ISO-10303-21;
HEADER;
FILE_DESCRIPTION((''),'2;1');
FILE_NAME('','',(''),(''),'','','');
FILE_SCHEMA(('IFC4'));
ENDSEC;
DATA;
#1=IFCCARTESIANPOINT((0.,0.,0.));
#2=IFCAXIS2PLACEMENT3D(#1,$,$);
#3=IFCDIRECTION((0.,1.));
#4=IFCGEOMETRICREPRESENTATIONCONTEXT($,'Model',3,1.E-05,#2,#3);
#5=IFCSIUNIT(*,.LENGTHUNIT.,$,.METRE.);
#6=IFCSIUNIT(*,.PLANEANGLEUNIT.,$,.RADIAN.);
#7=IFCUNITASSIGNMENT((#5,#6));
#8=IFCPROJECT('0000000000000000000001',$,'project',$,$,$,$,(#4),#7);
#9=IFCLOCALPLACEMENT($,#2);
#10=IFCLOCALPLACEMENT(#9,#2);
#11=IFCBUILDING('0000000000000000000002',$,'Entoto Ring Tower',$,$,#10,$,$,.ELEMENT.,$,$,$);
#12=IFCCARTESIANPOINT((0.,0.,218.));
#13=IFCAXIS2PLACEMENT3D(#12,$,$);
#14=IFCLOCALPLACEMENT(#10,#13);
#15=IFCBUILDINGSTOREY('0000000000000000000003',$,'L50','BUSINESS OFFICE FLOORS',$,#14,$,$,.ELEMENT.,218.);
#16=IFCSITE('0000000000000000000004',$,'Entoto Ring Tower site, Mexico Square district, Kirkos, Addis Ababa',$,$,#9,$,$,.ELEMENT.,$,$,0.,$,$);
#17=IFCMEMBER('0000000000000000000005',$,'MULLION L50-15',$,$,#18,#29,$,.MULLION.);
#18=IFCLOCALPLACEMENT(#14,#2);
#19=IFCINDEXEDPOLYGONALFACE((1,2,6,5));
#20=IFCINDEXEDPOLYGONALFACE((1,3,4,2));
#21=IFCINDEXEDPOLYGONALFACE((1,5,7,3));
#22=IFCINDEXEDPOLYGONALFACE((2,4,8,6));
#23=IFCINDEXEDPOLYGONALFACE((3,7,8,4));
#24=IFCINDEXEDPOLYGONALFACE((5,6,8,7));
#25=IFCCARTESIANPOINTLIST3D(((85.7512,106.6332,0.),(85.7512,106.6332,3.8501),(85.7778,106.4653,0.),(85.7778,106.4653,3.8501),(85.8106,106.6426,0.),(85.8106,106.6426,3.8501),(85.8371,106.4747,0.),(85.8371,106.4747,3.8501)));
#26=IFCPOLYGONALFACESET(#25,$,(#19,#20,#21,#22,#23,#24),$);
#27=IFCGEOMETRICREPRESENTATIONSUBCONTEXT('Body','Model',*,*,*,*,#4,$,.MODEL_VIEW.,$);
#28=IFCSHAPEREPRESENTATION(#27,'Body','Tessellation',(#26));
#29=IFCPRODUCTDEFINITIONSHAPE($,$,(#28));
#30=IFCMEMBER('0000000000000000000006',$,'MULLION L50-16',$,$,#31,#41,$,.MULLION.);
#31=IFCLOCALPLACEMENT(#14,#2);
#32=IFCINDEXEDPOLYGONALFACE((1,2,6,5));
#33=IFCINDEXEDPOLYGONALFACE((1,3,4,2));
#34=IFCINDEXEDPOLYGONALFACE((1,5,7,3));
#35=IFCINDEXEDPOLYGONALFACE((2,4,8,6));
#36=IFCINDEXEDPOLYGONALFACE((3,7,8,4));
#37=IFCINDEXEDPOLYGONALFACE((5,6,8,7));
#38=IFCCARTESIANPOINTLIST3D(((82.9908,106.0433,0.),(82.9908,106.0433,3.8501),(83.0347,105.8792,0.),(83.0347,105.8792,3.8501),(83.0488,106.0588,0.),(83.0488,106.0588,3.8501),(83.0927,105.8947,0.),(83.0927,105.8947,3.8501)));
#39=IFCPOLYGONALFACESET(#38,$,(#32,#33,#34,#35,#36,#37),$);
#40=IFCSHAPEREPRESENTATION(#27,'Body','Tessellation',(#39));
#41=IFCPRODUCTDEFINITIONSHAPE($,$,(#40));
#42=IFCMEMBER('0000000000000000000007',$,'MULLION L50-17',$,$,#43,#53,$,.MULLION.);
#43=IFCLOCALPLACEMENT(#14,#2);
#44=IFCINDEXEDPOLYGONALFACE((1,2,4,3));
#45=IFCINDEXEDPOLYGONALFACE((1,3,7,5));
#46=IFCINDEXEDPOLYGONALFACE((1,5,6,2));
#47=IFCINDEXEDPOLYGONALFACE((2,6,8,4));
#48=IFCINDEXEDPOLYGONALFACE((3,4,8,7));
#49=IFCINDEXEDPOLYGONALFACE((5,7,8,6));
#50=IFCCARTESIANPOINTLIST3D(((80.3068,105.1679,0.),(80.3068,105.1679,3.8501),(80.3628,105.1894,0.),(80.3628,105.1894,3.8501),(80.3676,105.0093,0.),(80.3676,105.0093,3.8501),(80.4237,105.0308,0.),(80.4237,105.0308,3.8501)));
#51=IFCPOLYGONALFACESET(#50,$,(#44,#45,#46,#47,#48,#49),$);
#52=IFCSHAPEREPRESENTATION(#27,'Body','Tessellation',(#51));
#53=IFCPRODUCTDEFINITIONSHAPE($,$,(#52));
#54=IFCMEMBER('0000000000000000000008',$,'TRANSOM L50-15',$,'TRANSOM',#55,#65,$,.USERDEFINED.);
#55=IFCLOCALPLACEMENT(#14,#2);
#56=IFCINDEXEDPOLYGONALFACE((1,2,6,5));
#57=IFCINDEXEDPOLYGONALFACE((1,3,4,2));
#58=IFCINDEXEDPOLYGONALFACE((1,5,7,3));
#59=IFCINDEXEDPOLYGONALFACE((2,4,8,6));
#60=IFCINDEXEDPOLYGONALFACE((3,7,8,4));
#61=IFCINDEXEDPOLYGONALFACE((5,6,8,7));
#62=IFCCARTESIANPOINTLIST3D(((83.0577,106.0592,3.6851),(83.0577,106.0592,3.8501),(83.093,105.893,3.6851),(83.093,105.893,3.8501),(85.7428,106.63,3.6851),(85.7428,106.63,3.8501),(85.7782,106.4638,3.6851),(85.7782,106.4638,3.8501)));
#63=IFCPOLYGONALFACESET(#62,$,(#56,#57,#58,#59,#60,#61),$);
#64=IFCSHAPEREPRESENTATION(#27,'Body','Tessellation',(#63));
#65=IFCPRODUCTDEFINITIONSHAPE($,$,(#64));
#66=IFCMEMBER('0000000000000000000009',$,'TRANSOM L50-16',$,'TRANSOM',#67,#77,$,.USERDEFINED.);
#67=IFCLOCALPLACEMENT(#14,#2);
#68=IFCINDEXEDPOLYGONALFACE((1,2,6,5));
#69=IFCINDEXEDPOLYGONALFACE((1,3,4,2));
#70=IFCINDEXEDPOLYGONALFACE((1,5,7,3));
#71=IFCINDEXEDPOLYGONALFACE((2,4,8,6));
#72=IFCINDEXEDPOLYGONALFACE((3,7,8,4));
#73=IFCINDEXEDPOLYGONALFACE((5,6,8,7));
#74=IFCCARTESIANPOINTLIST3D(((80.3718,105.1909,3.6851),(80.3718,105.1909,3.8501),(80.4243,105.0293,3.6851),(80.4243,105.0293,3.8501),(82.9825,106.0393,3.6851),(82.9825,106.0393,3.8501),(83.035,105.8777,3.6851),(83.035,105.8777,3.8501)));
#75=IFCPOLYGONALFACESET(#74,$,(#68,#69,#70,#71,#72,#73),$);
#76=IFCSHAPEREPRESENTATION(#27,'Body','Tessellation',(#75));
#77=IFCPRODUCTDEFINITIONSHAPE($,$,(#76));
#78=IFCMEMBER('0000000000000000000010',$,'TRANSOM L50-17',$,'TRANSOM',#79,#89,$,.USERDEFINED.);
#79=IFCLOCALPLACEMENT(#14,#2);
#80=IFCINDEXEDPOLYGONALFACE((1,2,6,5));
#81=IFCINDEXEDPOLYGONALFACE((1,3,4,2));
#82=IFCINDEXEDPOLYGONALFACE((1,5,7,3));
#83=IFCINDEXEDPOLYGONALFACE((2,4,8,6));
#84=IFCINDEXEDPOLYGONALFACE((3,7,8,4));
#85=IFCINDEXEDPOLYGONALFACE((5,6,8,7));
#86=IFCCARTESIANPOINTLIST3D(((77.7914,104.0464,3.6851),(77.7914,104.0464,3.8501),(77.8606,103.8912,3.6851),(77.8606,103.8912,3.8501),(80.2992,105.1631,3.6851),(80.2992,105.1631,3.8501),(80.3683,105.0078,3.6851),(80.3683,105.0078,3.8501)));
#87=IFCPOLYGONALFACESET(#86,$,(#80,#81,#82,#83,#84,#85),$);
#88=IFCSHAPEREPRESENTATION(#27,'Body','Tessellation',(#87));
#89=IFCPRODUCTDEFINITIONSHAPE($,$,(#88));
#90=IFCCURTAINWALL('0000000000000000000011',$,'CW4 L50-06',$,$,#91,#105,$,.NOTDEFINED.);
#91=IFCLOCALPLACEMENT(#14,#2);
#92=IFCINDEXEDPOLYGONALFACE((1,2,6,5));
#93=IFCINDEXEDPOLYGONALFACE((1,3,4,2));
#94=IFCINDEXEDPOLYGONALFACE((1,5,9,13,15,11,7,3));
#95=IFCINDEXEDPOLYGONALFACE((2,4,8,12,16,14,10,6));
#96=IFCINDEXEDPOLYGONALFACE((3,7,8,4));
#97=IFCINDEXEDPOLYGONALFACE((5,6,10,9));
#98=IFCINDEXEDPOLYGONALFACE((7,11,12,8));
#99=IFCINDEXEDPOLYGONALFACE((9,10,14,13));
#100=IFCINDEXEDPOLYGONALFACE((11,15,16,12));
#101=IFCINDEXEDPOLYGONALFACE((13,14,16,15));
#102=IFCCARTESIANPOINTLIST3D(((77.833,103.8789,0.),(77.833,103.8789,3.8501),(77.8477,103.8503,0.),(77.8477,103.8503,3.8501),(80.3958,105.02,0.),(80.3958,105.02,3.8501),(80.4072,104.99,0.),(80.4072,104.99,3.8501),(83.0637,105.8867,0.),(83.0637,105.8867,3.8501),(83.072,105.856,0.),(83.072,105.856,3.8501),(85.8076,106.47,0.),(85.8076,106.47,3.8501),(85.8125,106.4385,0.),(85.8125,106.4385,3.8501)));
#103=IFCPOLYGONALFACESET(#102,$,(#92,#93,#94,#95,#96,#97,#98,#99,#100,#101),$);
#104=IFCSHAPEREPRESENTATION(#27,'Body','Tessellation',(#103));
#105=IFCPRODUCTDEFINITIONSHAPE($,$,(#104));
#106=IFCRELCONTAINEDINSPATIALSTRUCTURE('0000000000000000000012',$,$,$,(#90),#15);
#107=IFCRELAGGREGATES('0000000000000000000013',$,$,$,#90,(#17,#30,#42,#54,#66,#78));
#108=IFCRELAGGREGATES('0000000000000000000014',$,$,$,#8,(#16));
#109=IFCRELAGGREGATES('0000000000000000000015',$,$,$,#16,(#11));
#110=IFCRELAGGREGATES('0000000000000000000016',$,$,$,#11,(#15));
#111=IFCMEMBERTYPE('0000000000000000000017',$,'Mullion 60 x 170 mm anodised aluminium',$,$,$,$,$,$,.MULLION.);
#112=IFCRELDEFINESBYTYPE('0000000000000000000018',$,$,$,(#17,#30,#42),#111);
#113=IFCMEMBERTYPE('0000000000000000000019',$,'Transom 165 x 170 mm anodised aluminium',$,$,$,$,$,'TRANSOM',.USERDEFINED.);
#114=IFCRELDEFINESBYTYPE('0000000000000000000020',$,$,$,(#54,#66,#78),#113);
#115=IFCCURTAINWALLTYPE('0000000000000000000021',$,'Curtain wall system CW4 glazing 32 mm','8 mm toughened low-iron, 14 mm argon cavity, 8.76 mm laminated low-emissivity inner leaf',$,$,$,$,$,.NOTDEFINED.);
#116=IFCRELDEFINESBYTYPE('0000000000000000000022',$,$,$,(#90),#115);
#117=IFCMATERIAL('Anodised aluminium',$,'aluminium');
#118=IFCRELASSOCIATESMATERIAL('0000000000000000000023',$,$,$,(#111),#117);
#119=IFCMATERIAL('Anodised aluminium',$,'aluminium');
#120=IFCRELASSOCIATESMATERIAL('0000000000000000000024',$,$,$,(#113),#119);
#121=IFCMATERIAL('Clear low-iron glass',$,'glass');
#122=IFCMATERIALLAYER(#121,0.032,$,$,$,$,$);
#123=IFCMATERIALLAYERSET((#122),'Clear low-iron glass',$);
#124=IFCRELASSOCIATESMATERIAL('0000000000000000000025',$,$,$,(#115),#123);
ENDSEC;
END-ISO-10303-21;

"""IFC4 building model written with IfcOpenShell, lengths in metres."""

from ifc_helpers import new_model, si_unit, direction, frame, origin, origin_2d, place, context, subcontext, project, spatial, polyline, rectangle, outline, extrude, material, layer, layer_set, material_profile, profile_set, type_object, element, aggregate, save


model = new_model("IFC4")

# Units and contexts
model_context = context("Model", 3, precision=1e-05, world=origin(), true_north=direction((0.0, 1.0)))
body_context = subcontext(model_context, "Body", "Model", "MODEL_VIEW")
ifc_project = project(units=[si_unit("LENGTHUNIT", "METRE"), si_unit("PLANEANGLEUNIT", "RADIAN")], contexts=[model_context])

# Members
ifc_material_1 = material(Name="Anodised aluminium", Category="aluminium")
ifc_material_profile_1 = material_profile(ifc_material_1, rectangle(XDim=0.0601, YDim=0.1699, at=origin_2d()), Name="Mullion 60 x 170 mm anodised aluminium")
ifc_profile_set_1 = profile_set([ifc_material_profile_1], Name="Anodised aluminium")
member_type_1 = type_object("IfcMemberType", Name="Mullion 60 x 170 mm anodised aluminium", PredefinedType="MULLION", material=ifc_profile_set_1)
site_placement = place(None, origin())
building_placement = place(site_placement, origin())
storey_placement = place(building_placement, frame((0.0, 0.0, 218.0)))
member_1_placement = place(storey_placement, frame((85.7942, 106.554, 0.0), z_axis=(0.0, 0.0, 1.0), x_axis=(-0.987688, -0.156434, 0.0)))
member_1 = element("IfcMember", 1, at=member_1_placement, type_object=member_type_1, Name="MULLION L50-15", PredefinedType="MULLION", context=body_context, shape_type="SweptSolid", body=[
    extrude(rectangle(XDim=0.0601, YDim=0.1699, at=origin_2d()), origin(), (0.0, 0.0, 1.0), 3.8501),
])
member_2_placement = place(storey_placement, frame((83.0417, 105.969, 0.0), z_axis=(0.0, 0.0, 1.0), x_axis=(-0.965926, -0.258819, 0.0)))
member_2 = element("IfcMember", 2, at=member_2_placement, type_object=member_type_1, Name="MULLION L50-16", PredefinedType="MULLION", context=body_context, shape_type="SweptSolid", body=[
    extrude(rectangle(XDim=0.0601, YDim=0.1699, at=origin_2d()), origin(), (0.0, 0.0, 1.0), 3.8501),
])
member_3_placement = place(storey_placement, frame((80.3652, 105.0994, 0.0), z_axis=(0.0, 0.0, 1.0), x_axis=(-0.93358, -0.358368, 0.0)))
member_3 = element("IfcMember", 3, at=member_3_placement, type_object=member_type_1, Name="MULLION L50-17", PredefinedType="MULLION", context=body_context, shape_type="SweptSolid", body=[
    extrude(rectangle(XDim=0.0601, YDim=0.1699, at=origin_2d()), origin(), (0.0, 0.0, 1.0), 3.8501),
])
ifc_material_2 = material(Name="Anodised aluminium", Category="aluminium")
ifc_material_profile_2 = material_profile(ifc_material_2, rectangle(XDim=0.1699, YDim=0.165, at=origin_2d()), Name="Transom 165 x 170 mm anodised aluminium")
ifc_profile_set_2 = profile_set([ifc_material_profile_2], Name="Anodised aluminium")
member_type_2 = type_object("IfcMemberType", Name="Transom 165 x 170 mm anodised aluminium", ElementType="TRANSOM", PredefinedType="USERDEFINED", material=ifc_profile_set_2)
member_4_placement = place(storey_placement, frame((85.7605, 106.5469, 3.7676), z_axis=(-0.978142, -0.207937, 0.0), x_axis=(0.207937, -0.978142, 0.0)))
member_4 = element("IfcMember", 4, at=member_4_placement, type_object=member_type_2, Name="TRANSOM L50-15", ObjectType="TRANSOM", PredefinedType="USERDEFINED", context=body_context, shape_type="SweptSolid", body=[
    extrude(rectangle(XDim=0.1699, YDim=0.165, at=origin_2d()), origin(), (0.0, 0.0, 1.0), 2.7451),
])
member_5_placement = place(storey_placement, frame((83.0088, 105.9585, 3.7676), z_axis=(-0.951048, -0.309042, 0.0), x_axis=(0.309042, -0.951048, 0.0)))
member_5 = element("IfcMember", 5, at=member_5_placement, type_object=member_type_2, Name="TRANSOM L50-16", ObjectType="TRANSOM", PredefinedType="USERDEFINED", context=body_context, shape_type="SweptSolid", body=[
    extrude(rectangle(XDim=0.1699, YDim=0.165, at=origin_2d()), origin(), (0.0, 0.0, 1.0), 2.7451),
])
member_6_placement = place(storey_placement, frame((80.3337, 105.0854, 3.7676), z_axis=(-0.913525, -0.406782, 0.0), x_axis=(0.406782, -0.913525, 0.0)))
member_6 = element("IfcMember", 6, at=member_6_placement, type_object=member_type_2, Name="TRANSOM L50-17", ObjectType="TRANSOM", PredefinedType="USERDEFINED", context=body_context, shape_type="SweptSolid", body=[
    extrude(rectangle(XDim=0.1699, YDim=0.165, at=origin_2d()), origin(), (0.0, 0.0, 1.0), 2.7451),
])

# Site, building, storey
site = spatial("IfcSite", under=ifc_project, at=site_placement, Name="Entoto Ring Tower site, Mexico Square district, Kirkos, Addis Ababa", CompositionType="ELEMENT", RefElevation=0.0)
building = spatial("IfcBuilding", under=site, at=building_placement, Name="Entoto Ring Tower", CompositionType="ELEMENT")
storey = spatial("IfcBuildingStorey", under=building, at=storey_placement, Name="L50", Description="BUSINESS OFFICE FLOORS", CompositionType="ELEMENT", Elevation=218.0)

# Curtain wall
ifc_material_3 = material(Name="Clear low-iron glass", Category="glass")
ifc_layer = layer(ifc_material_3, 0.032)
ifc_layer_set = layer_set([ifc_layer], Name="Clear low-iron glass")
curtain_wall_type = type_object("IfcCurtainWallType", Name="Curtain wall system CW4 glazing 32 mm", Description="8 mm toughened low-iron, 14 mm argon cavity, 8.76 mm laminated low-emissivity inner leaf", PredefinedType="NOTDEFINED", material=ifc_layer_set)
curtain_wall_1_placement = place(storey_placement, origin())
curtain_wall_1 = element("IfcCurtainWall", 7, at=curtain_wall_1_placement, inside=storey, type_object=curtain_wall_type, Name="CW4 L50-06", PredefinedType="NOTDEFINED", context=body_context, shape_type="SweptSolid", body=[
    extrude(outline(polyline([(85.8076, 106.47), (83.0637, 105.8867), (80.3958, 105.02), (77.833, 103.8789), (77.8477, 103.8503), (80.4072, 104.99), (83.072, 105.856), (85.8125, 106.4385), (85.8076, 106.47)])), origin(), (0.0, 0.0, 1.0), 3.8501),
])
aggregate(curtain_wall_1, [member_1, member_2, member_3, member_4, member_5, member_6])

save(model, "model.ifc")
